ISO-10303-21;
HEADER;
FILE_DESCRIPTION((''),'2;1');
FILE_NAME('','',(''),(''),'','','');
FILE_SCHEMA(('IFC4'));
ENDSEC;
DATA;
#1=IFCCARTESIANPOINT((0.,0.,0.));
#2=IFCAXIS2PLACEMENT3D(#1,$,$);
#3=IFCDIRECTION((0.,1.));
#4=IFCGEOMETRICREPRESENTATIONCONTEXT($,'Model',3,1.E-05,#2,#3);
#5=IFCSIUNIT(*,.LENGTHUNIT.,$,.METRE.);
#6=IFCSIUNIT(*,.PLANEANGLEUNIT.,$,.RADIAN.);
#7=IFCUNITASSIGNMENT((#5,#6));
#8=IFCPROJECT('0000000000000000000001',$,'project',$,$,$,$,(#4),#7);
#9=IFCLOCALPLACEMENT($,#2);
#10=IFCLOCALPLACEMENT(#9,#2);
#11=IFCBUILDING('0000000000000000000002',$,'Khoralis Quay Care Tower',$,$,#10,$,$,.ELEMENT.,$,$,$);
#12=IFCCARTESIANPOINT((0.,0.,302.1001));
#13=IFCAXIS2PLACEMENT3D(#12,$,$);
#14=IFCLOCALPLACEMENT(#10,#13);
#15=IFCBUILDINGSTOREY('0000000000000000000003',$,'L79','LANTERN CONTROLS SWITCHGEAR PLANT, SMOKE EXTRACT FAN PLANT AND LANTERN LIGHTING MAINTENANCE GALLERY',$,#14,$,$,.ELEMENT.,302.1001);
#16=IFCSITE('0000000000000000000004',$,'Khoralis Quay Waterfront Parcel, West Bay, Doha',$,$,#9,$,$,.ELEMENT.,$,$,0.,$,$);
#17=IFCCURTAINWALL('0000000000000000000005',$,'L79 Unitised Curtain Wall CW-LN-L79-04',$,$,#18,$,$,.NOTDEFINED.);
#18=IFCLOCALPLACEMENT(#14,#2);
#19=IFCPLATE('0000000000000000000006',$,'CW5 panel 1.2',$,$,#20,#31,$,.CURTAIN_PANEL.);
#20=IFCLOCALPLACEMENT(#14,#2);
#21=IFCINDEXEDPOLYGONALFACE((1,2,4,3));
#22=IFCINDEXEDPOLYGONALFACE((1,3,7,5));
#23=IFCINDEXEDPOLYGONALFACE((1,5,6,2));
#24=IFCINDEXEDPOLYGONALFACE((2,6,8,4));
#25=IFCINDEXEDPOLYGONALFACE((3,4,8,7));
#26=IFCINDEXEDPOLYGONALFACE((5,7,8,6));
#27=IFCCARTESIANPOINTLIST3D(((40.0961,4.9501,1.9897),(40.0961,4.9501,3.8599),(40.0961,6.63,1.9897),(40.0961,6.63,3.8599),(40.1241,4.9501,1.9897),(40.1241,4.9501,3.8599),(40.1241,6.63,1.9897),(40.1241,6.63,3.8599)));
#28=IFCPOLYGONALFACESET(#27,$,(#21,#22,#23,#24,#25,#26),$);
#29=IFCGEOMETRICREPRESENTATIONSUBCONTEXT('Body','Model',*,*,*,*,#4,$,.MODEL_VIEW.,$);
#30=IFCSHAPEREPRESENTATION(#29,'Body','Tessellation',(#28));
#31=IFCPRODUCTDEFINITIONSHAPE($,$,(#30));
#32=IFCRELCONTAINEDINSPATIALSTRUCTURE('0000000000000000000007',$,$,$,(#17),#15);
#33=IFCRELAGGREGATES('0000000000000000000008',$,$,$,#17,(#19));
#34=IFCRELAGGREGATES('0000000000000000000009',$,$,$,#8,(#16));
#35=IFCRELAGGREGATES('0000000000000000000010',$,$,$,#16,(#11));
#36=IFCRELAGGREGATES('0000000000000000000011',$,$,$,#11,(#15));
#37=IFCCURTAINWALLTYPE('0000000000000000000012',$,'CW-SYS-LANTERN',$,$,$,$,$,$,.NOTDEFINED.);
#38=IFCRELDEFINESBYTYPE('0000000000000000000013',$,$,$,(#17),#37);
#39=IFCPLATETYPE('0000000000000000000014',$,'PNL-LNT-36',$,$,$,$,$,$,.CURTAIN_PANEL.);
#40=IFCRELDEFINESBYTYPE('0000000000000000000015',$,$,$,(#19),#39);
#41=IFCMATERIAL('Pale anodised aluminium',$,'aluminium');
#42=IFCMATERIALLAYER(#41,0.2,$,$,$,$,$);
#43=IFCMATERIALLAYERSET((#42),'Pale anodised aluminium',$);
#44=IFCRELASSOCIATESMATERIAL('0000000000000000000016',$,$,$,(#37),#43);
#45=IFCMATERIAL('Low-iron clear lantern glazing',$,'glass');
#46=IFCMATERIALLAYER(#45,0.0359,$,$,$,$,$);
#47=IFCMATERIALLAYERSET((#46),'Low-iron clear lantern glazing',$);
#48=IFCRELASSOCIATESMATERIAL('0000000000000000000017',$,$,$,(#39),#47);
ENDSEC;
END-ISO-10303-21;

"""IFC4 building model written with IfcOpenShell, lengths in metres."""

from ifc_helpers import new_model, si_unit, direction, frame, origin, origin_2d, place, context, subcontext, project, spatial, rectangle, extrude, source, transform, mapped, material, layer, layer_set, type_object, element, aggregate, save


model = new_model("IFC4")

# Units and contexts
model_context = context("Model", 3, precision=1e-05, world=origin(), true_north=direction((0.0, 1.0)))
body_context = subcontext(model_context, "Body", "Model", "MODEL_VIEW")
ifc_project = project(units=[si_unit("LENGTHUNIT", "METRE"), si_unit("PLANEANGLEUNIT", "RADIAN")], contexts=[model_context])

# Site, building, storey
site_placement = place(None, origin())
site = spatial("IfcSite", under=ifc_project, at=site_placement, Name="Khoralis Quay Waterfront Parcel, West Bay, Doha", CompositionType="ELEMENT", RefElevation=0.0)
building_placement = place(site_placement, origin())
building = spatial("IfcBuilding", under=site, at=building_placement, Name="Khoralis Quay Care Tower", CompositionType="ELEMENT")
storey_placement = place(building_placement, frame((0.0, 0.0, 302.1001)))
storey = spatial("IfcBuildingStorey", under=building, at=storey_placement, Name="L79", Description="LANTERN CONTROLS SWITCHGEAR PLANT, SMOKE EXTRACT FAN PLANT AND LANTERN LIGHTING MAINTENANCE GALLERY", CompositionType="ELEMENT", Elevation=302.1001)

# Shared definitions
ifc_material_1 = material(Name="Pale anodised aluminium", Category="aluminium")
ifc_layer_1 = layer(ifc_material_1, 0.2)
ifc_layer_set_1 = layer_set([ifc_layer_1], Name="Pale anodised aluminium")
curtain_wall_type = type_object("IfcCurtainWallType", Name="CW-SYS-LANTERN", PredefinedType="NOTDEFINED", material=ifc_layer_set_1)

# Curtain wall
curtain_wall_1_placement = place(storey_placement, origin())
curtain_wall_1 = element("IfcCurtainWall", 1, at=curtain_wall_1_placement, inside=storey, type_object=curtain_wall_type, Name="L79 Unitised Curtain Wall CW-LN-L79-04", PredefinedType="NOTDEFINED")

# Plate
ifc_material_2 = material(Name="Low-iron clear lantern glazing", Category="glass")
ifc_layer_2 = layer(ifc_material_2, 0.0359)
ifc_layer_set_2 = layer_set([ifc_layer_2], Name="Low-iron clear lantern glazing")
plate_type = type_object("IfcPlateType", Name="PNL-LNT-36", PredefinedType="CURTAIN_PANEL", material=ifc_layer_set_2)
shared_shape_1 = source(origin(), body_context, "Body", "SweptSolid", [
    extrude(rectangle(XDim=1.6799, YDim=0.0281, at=origin_2d()), origin(), (0.0, 0.0, 1.0), 1.8701),
])
plate_1_placement = place(storey_placement, frame((40.1101, 5.79, 1.9897), z_axis=(0.0, 0.0, 1.0), x_axis=(0.0, 1.0, 0.0)))
plate_1 = element("IfcPlate", 2, at=plate_1_placement, type_object=plate_type, Name="CW5 panel 1.2", PredefinedType="CURTAIN_PANEL", context=body_context, shape_type="MappedRepresentation", body=[
    mapped(shared_shape_1, transform((0.0, 0.0, 0.0), scale=1.0)),
])
aggregate(curtain_wall_1, [plate_1])

save(model, "model.ifc")
